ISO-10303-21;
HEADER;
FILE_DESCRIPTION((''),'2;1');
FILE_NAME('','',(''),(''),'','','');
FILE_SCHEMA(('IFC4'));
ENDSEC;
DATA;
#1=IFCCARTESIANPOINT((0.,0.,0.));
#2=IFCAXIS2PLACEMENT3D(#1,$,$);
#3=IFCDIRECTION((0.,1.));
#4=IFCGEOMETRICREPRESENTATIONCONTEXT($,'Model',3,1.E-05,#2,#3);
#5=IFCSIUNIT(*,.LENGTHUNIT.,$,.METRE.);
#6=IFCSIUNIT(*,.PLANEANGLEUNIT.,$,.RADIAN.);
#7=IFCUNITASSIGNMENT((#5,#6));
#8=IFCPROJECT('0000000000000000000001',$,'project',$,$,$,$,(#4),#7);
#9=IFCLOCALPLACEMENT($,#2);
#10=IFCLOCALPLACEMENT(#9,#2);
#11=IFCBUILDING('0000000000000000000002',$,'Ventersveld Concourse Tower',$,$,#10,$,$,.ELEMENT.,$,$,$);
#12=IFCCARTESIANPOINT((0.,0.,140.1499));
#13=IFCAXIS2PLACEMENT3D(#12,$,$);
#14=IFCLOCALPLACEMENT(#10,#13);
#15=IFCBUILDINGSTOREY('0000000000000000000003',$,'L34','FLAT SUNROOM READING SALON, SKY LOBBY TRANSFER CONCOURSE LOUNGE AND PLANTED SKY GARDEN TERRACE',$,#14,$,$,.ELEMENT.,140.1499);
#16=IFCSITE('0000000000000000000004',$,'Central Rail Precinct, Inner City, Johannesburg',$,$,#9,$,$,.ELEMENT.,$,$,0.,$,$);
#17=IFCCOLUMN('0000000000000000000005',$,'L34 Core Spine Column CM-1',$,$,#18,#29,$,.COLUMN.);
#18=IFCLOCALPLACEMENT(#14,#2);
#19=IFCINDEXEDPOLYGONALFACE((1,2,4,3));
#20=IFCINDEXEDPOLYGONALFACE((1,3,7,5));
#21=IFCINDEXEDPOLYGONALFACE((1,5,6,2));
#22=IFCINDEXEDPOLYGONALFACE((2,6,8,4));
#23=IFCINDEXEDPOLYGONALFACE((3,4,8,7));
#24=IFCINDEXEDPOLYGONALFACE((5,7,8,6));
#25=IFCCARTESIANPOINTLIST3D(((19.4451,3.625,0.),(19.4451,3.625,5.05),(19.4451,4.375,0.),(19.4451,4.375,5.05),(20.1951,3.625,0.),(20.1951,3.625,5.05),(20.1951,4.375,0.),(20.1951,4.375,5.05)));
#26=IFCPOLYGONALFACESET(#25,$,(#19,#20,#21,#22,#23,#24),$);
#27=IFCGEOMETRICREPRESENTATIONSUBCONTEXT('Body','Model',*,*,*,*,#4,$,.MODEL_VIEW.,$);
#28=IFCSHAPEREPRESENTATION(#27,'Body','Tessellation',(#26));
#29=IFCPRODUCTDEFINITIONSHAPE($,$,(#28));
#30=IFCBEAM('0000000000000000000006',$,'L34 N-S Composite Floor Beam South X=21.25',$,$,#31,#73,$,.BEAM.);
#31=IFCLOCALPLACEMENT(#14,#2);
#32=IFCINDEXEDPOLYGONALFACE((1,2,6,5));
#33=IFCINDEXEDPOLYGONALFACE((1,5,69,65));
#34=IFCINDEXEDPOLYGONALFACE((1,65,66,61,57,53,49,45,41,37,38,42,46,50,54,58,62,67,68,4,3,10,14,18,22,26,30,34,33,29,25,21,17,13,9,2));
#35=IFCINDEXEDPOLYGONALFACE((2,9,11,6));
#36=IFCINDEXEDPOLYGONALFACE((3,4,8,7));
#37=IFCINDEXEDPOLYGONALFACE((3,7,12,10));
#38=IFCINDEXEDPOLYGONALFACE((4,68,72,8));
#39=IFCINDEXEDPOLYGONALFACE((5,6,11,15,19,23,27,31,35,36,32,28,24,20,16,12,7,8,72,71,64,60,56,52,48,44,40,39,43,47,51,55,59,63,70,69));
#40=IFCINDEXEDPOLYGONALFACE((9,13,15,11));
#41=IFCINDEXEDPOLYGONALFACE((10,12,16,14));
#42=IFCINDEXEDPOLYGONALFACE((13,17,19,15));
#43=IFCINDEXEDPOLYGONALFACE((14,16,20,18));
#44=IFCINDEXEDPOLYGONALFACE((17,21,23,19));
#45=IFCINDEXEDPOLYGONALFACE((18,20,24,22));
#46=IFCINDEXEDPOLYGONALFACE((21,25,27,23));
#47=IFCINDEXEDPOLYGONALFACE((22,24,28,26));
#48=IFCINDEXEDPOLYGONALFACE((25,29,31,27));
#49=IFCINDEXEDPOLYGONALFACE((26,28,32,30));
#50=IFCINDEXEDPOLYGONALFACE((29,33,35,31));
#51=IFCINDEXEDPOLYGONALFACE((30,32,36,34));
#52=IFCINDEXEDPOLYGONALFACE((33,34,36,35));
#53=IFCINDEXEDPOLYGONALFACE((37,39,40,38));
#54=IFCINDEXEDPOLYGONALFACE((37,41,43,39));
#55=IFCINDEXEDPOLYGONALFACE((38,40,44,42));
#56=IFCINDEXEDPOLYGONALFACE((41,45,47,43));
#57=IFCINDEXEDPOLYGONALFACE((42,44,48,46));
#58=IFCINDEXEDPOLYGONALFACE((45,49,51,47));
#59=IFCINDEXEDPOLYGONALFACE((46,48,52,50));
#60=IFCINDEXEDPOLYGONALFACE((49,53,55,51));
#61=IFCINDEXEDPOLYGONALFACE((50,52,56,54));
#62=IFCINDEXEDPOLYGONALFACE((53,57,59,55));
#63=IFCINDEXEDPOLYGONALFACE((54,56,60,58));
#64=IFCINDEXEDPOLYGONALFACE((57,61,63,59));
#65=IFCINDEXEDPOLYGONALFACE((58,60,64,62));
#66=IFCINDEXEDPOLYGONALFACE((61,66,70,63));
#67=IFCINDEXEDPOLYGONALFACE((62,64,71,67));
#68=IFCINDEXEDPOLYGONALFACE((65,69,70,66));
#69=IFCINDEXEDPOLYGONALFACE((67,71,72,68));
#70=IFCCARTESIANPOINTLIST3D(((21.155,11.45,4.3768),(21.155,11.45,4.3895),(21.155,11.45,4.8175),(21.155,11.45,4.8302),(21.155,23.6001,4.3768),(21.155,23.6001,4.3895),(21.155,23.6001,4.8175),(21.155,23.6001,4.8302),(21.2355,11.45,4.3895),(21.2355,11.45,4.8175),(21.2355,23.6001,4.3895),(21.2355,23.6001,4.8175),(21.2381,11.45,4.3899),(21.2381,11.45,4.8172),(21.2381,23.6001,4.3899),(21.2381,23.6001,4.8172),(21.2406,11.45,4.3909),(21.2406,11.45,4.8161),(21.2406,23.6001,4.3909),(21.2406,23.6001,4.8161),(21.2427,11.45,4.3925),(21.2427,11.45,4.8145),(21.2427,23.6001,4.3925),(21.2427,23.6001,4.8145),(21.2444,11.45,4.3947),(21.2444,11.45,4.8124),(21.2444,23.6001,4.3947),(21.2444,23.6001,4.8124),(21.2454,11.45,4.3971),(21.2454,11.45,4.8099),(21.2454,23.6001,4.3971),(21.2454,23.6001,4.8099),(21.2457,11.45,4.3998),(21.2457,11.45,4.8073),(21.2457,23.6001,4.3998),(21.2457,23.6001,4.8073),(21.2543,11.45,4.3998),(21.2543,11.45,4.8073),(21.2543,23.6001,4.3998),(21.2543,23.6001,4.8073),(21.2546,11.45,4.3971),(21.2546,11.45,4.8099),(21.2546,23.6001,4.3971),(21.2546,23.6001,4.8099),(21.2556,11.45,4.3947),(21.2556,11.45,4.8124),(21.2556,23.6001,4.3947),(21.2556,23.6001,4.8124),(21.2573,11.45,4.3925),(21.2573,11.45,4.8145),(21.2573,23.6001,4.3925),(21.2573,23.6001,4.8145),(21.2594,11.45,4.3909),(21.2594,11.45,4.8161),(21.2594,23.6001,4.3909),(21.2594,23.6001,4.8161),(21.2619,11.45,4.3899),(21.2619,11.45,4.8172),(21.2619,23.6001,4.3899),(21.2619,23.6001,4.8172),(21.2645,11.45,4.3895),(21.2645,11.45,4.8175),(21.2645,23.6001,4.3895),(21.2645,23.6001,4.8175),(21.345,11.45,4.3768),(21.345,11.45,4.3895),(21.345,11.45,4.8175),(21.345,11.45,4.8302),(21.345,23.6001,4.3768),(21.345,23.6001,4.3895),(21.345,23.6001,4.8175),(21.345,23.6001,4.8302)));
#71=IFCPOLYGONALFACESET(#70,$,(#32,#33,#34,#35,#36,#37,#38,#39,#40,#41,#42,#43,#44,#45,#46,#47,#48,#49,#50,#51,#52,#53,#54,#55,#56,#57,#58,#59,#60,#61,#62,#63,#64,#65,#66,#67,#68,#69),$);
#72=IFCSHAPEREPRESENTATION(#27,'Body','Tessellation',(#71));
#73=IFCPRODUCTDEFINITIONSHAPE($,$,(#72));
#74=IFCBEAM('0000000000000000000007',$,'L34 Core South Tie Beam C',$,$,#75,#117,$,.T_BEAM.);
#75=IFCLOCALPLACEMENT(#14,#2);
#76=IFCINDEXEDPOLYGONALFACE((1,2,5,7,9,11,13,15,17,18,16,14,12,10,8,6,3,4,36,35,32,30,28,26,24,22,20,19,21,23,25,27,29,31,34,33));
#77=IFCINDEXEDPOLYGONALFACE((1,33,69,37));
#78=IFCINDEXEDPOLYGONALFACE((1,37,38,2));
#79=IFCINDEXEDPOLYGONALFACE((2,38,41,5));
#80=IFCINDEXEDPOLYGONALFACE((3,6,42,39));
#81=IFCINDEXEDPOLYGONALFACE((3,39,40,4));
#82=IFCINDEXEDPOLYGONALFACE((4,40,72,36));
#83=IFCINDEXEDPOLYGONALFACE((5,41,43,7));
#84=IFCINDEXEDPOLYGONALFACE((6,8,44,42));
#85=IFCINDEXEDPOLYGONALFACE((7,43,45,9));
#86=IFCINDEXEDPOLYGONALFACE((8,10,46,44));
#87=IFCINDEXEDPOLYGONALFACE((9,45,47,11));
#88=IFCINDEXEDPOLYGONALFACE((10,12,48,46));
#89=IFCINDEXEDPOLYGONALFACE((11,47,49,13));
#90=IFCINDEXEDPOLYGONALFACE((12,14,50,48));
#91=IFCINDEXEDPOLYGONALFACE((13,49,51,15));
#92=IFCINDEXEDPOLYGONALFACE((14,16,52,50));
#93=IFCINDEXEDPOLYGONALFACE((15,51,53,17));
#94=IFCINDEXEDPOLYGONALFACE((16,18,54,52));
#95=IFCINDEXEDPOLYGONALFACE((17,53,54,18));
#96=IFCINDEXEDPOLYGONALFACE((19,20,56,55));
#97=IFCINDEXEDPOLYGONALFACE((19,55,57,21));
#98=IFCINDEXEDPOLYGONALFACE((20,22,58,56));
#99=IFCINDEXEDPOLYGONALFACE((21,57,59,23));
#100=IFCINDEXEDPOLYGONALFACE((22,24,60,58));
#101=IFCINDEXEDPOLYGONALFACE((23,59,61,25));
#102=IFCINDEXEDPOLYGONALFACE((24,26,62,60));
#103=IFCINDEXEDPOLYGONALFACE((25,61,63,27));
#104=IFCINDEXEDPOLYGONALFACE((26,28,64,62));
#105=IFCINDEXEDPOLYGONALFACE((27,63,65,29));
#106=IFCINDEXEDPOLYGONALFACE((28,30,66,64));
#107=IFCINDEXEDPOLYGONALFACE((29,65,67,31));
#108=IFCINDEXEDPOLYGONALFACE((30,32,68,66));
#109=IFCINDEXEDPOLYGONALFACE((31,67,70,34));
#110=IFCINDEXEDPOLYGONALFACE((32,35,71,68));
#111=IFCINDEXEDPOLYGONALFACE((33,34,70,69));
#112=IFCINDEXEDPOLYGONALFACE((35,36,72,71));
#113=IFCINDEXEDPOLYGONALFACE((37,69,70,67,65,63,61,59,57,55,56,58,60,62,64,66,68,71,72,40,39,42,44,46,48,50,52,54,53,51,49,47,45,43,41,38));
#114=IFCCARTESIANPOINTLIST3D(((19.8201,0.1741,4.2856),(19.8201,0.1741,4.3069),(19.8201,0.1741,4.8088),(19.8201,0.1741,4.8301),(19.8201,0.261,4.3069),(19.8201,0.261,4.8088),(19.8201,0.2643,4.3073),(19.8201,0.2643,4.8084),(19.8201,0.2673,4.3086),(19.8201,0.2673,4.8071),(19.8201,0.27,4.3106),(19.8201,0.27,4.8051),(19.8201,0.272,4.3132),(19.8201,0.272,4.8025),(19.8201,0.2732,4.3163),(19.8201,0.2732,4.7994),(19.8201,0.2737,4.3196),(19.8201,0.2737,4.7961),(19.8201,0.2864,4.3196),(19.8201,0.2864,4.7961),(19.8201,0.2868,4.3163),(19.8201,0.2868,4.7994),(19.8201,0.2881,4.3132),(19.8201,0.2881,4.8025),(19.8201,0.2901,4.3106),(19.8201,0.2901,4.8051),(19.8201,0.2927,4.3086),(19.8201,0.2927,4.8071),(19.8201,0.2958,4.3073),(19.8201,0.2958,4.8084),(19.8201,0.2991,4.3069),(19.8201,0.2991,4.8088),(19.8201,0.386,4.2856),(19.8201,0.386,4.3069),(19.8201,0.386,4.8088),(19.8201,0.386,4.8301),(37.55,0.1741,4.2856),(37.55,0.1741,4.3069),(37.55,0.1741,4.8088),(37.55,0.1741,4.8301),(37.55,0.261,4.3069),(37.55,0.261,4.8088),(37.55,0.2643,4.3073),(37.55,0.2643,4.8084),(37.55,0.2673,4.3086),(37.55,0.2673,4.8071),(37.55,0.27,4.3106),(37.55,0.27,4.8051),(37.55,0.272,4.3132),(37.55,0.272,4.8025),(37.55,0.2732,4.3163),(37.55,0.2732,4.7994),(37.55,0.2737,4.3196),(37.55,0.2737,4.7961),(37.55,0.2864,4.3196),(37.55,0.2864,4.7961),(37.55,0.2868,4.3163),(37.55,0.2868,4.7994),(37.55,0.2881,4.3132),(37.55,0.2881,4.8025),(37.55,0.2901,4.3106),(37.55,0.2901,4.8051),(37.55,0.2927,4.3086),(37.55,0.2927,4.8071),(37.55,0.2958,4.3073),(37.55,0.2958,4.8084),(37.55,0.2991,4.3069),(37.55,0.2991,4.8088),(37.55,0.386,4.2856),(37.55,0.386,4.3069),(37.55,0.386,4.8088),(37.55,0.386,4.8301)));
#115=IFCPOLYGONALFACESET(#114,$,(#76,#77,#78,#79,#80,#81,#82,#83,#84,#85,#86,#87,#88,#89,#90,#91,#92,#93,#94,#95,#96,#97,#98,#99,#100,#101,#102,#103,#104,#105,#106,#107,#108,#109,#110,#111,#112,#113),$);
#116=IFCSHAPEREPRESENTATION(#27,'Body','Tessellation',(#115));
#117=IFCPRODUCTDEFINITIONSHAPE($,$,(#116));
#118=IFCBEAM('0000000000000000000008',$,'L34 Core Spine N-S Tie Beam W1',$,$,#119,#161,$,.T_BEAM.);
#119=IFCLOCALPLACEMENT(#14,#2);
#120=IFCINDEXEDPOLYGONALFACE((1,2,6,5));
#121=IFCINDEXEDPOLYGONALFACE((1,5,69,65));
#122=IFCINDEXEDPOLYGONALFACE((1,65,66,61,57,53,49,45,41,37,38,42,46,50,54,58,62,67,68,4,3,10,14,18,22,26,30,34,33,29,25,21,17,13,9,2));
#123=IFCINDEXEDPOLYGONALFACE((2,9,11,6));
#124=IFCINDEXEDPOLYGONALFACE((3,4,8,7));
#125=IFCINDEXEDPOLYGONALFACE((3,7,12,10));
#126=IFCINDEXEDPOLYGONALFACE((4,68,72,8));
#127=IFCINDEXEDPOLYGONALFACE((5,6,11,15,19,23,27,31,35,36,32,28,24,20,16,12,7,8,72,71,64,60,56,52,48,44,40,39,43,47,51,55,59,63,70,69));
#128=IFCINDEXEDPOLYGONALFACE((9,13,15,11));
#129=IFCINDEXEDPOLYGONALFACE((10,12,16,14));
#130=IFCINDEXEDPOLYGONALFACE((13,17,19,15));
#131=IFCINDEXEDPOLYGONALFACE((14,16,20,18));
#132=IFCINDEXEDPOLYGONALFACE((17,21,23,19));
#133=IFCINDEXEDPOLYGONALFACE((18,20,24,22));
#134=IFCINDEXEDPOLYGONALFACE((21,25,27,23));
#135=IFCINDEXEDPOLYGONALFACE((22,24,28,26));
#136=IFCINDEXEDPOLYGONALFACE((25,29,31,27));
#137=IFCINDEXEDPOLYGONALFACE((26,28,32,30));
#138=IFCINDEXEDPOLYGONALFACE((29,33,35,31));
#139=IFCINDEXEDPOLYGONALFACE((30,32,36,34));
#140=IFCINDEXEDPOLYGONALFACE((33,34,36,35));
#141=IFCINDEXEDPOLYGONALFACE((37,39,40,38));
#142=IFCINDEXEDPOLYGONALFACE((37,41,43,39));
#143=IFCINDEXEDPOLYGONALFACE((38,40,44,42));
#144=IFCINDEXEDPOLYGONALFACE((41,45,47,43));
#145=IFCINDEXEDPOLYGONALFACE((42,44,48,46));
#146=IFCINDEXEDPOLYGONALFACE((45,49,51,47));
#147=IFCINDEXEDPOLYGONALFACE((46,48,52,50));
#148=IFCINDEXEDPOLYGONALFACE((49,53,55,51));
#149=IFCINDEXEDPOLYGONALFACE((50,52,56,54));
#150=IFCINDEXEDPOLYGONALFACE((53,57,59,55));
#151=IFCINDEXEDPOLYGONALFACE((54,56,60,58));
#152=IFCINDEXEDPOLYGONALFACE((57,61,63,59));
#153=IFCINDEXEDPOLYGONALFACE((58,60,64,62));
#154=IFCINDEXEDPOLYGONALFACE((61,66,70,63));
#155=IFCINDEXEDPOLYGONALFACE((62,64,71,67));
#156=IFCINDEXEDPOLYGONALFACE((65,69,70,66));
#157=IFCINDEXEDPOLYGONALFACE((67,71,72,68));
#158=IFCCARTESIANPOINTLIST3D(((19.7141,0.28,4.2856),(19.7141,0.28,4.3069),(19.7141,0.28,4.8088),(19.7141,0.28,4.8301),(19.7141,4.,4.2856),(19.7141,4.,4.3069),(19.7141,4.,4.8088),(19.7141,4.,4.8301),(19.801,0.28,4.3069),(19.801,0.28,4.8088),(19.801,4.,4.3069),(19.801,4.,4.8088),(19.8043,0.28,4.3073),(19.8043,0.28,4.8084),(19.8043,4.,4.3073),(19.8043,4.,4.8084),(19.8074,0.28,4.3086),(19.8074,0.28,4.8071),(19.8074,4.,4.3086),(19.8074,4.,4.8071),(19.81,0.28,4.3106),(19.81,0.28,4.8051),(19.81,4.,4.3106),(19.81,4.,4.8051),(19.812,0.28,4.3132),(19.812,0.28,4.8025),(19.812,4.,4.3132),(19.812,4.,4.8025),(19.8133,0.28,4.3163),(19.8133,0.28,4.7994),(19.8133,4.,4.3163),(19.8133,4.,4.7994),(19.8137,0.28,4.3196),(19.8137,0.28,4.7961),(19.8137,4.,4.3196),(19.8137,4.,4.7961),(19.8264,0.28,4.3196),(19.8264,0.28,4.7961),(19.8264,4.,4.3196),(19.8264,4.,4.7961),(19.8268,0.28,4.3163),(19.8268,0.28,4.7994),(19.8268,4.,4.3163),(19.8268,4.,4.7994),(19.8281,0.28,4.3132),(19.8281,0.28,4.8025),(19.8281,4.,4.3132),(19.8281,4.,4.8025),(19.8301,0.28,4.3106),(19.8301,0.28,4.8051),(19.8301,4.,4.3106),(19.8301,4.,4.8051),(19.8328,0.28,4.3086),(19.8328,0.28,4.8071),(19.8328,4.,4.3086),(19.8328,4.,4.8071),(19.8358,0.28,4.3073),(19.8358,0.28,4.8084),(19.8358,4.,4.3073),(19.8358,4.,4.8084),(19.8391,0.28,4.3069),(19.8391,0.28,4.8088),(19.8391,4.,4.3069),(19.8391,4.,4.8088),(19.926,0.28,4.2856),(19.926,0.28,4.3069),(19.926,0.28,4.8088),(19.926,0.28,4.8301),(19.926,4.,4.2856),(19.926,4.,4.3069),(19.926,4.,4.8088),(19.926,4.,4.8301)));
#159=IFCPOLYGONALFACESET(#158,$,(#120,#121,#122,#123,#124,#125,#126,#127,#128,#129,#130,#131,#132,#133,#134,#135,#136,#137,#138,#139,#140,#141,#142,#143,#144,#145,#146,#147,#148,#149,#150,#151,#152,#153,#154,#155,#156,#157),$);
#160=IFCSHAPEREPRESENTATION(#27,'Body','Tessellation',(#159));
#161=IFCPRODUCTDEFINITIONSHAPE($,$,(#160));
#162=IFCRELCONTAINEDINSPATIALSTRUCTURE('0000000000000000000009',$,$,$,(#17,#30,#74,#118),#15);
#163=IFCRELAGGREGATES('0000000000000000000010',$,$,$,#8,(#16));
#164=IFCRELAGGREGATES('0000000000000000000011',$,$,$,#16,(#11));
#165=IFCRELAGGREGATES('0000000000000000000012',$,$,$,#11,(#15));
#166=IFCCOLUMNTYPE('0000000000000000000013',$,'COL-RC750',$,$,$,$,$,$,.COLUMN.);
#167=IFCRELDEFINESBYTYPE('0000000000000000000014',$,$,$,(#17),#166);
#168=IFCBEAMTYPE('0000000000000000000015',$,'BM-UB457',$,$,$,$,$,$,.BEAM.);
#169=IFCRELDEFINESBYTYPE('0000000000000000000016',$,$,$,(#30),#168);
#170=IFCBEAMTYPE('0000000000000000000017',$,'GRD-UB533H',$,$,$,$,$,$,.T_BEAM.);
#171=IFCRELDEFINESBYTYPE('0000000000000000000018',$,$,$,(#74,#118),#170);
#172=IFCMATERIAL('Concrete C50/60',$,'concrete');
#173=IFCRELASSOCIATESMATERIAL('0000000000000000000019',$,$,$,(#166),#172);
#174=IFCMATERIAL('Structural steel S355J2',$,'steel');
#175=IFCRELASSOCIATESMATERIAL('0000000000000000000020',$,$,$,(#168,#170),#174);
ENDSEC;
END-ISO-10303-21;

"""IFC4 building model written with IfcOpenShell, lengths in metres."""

from ifc_helpers import new_model, si_unit, direction, frame, origin, origin_2d, place, context, subcontext, project, spatial, rectangle, i_section, extrude, material, material_profile, profile_set, type_object, element, save


model = new_model("IFC4")

# Units and contexts
model_context = context("Model", 3, precision=1e-05, world=origin(), true_north=direction((0.0, 1.0)))
body_context = subcontext(model_context, "Body", "Model", "MODEL_VIEW")
ifc_project = project(units=[si_unit("LENGTHUNIT", "METRE"), si_unit("PLANEANGLEUNIT", "RADIAN")], contexts=[model_context])

# Site, building, storey
site_placement = place(None, origin())
site = spatial("IfcSite", under=ifc_project, at=site_placement, Name="Central Rail Precinct, Inner City, Johannesburg", CompositionType="ELEMENT", RefElevation=0.0)
building_placement = place(site_placement, origin())
building = spatial("IfcBuilding", under=site, at=building_placement, Name="Ventersveld Concourse Tower", CompositionType="ELEMENT")
storey_placement = place(building_placement, frame((0.0, 0.0, 140.1499)))
storey = spatial("IfcBuildingStorey", under=building, at=storey_placement, Name="L34", Description="FLAT SUNROOM READING SALON, SKY LOBBY TRANSFER CONCOURSE LOUNGE AND PLANTED SKY GARDEN TERRACE", CompositionType="ELEMENT", Elevation=140.1499)

# Column
ifc_material_1 = material(Name="Concrete C50/60", Category="concrete")
ifc_material_profile_1 = material_profile(ifc_material_1, rectangle(XDim=0.75, YDim=0.75, at=origin_2d()), Name="RC 750x750")
ifc_profile_set_1 = profile_set([ifc_material_profile_1], Name="Concrete C50/60")
column_type = type_object("IfcColumnType", Name="COL-RC750", PredefinedType="COLUMN", material=ifc_profile_set_1)
column_placement = place(storey_placement, frame((19.8201, 4.0, 0.0), z_axis=(0.0, 0.0, 1.0), x_axis=(1.0, 0.0, 0.0)))
element("IfcColumn", 1, at=column_placement, inside=storey, type_object=column_type, Name="L34 Core Spine Column CM-1", PredefinedType="COLUMN", context=body_context, shape_type="SweptSolid", body=[
    extrude(rectangle(XDim=0.75, YDim=0.75, at=origin_2d()), origin(), (0.0, 0.0, 1.0), 5.05),
])

# Beams
ifc_material_2 = material(Name="Structural steel S355J2", Category="steel")
ifc_material_profile_2 = material_profile(ifc_material_2, i_section(OverallWidth=0.1899, OverallDepth=0.4534, WebThickness=0.0085, FlangeThickness=0.0127, FilletRadius=0.0103, at=origin_2d()), Name="UB 457x191x67")
ifc_profile_set_2 = profile_set([ifc_material_profile_2], Name="Structural steel S355J2")
beam_type_1 = type_object("IfcBeamType", Name="BM-UB457", PredefinedType="BEAM", material=ifc_profile_set_2)
beam_1_placement = place(storey_placement, frame((21.25, 11.45, 4.6035), z_axis=(0.0, 1.0, 0.0), x_axis=(-1.0, 0.0, 0.0)))
element("IfcBeam", 2, at=beam_1_placement, inside=storey, type_object=beam_type_1, Name="L34 N-S Composite Floor Beam South X=21.25", PredefinedType="BEAM", context=body_context, shape_type="SweptSolid", body=[
    extrude(i_section(OverallWidth=0.1899, OverallDepth=0.4534, WebThickness=0.0085, FlangeThickness=0.0127, FilletRadius=0.0103, at=origin_2d()), origin(), (0.0, 0.0, 1.0), 12.1501),
])
ifc_material_profile_3 = material_profile(ifc_material_2, i_section(OverallWidth=0.2119, OverallDepth=0.5444, WebThickness=0.0127, FlangeThickness=0.0212, FilletRadius=0.0127, at=origin_2d()), Name="UB 533x210x122")
ifc_profile_set_3 = profile_set([ifc_material_profile_3], Name="Structural steel S355J2")
beam_type_2 = type_object("IfcBeamType", Name="GRD-UB533H", PredefinedType="T_BEAM", material=ifc_profile_set_3)
beam_2_placement = place(storey_placement, frame((19.8201, 0.28, 4.5579), z_axis=(1.0, 0.0, 0.0), x_axis=(0.0, 1.0, 0.0)))
element("IfcBeam", 3, at=beam_2_placement, inside=storey, type_object=beam_type_2, Name="L34 Core South Tie Beam C", PredefinedType="T_BEAM", context=body_context, shape_type="SweptSolid", body=[
    extrude(i_section(OverallWidth=0.2119, OverallDepth=0.5444, WebThickness=0.0127, FlangeThickness=0.0212, FilletRadius=0.0127, at=origin_2d()), origin(), (0.0, 0.0, 1.0), 17.73),
])
beam_3_placement = place(storey_placement, frame((19.8201, 0.28, 4.5579), z_axis=(0.0, 1.0, 0.0), x_axis=(-1.0, 0.0, 0.0)))
element("IfcBeam", 4, at=beam_3_placement, inside=storey, type_object=beam_type_2, Name="L34 Core Spine N-S Tie Beam W1", PredefinedType="T_BEAM", context=body_context, shape_type="SweptSolid", body=[
    extrude(i_section(OverallWidth=0.2119, OverallDepth=0.5444, WebThickness=0.0127, FlangeThickness=0.0212, FilletRadius=0.0127, at=origin_2d()), origin(), (0.0, 0.0, 1.0), 3.72),
])

save(model, "model.ifc")
